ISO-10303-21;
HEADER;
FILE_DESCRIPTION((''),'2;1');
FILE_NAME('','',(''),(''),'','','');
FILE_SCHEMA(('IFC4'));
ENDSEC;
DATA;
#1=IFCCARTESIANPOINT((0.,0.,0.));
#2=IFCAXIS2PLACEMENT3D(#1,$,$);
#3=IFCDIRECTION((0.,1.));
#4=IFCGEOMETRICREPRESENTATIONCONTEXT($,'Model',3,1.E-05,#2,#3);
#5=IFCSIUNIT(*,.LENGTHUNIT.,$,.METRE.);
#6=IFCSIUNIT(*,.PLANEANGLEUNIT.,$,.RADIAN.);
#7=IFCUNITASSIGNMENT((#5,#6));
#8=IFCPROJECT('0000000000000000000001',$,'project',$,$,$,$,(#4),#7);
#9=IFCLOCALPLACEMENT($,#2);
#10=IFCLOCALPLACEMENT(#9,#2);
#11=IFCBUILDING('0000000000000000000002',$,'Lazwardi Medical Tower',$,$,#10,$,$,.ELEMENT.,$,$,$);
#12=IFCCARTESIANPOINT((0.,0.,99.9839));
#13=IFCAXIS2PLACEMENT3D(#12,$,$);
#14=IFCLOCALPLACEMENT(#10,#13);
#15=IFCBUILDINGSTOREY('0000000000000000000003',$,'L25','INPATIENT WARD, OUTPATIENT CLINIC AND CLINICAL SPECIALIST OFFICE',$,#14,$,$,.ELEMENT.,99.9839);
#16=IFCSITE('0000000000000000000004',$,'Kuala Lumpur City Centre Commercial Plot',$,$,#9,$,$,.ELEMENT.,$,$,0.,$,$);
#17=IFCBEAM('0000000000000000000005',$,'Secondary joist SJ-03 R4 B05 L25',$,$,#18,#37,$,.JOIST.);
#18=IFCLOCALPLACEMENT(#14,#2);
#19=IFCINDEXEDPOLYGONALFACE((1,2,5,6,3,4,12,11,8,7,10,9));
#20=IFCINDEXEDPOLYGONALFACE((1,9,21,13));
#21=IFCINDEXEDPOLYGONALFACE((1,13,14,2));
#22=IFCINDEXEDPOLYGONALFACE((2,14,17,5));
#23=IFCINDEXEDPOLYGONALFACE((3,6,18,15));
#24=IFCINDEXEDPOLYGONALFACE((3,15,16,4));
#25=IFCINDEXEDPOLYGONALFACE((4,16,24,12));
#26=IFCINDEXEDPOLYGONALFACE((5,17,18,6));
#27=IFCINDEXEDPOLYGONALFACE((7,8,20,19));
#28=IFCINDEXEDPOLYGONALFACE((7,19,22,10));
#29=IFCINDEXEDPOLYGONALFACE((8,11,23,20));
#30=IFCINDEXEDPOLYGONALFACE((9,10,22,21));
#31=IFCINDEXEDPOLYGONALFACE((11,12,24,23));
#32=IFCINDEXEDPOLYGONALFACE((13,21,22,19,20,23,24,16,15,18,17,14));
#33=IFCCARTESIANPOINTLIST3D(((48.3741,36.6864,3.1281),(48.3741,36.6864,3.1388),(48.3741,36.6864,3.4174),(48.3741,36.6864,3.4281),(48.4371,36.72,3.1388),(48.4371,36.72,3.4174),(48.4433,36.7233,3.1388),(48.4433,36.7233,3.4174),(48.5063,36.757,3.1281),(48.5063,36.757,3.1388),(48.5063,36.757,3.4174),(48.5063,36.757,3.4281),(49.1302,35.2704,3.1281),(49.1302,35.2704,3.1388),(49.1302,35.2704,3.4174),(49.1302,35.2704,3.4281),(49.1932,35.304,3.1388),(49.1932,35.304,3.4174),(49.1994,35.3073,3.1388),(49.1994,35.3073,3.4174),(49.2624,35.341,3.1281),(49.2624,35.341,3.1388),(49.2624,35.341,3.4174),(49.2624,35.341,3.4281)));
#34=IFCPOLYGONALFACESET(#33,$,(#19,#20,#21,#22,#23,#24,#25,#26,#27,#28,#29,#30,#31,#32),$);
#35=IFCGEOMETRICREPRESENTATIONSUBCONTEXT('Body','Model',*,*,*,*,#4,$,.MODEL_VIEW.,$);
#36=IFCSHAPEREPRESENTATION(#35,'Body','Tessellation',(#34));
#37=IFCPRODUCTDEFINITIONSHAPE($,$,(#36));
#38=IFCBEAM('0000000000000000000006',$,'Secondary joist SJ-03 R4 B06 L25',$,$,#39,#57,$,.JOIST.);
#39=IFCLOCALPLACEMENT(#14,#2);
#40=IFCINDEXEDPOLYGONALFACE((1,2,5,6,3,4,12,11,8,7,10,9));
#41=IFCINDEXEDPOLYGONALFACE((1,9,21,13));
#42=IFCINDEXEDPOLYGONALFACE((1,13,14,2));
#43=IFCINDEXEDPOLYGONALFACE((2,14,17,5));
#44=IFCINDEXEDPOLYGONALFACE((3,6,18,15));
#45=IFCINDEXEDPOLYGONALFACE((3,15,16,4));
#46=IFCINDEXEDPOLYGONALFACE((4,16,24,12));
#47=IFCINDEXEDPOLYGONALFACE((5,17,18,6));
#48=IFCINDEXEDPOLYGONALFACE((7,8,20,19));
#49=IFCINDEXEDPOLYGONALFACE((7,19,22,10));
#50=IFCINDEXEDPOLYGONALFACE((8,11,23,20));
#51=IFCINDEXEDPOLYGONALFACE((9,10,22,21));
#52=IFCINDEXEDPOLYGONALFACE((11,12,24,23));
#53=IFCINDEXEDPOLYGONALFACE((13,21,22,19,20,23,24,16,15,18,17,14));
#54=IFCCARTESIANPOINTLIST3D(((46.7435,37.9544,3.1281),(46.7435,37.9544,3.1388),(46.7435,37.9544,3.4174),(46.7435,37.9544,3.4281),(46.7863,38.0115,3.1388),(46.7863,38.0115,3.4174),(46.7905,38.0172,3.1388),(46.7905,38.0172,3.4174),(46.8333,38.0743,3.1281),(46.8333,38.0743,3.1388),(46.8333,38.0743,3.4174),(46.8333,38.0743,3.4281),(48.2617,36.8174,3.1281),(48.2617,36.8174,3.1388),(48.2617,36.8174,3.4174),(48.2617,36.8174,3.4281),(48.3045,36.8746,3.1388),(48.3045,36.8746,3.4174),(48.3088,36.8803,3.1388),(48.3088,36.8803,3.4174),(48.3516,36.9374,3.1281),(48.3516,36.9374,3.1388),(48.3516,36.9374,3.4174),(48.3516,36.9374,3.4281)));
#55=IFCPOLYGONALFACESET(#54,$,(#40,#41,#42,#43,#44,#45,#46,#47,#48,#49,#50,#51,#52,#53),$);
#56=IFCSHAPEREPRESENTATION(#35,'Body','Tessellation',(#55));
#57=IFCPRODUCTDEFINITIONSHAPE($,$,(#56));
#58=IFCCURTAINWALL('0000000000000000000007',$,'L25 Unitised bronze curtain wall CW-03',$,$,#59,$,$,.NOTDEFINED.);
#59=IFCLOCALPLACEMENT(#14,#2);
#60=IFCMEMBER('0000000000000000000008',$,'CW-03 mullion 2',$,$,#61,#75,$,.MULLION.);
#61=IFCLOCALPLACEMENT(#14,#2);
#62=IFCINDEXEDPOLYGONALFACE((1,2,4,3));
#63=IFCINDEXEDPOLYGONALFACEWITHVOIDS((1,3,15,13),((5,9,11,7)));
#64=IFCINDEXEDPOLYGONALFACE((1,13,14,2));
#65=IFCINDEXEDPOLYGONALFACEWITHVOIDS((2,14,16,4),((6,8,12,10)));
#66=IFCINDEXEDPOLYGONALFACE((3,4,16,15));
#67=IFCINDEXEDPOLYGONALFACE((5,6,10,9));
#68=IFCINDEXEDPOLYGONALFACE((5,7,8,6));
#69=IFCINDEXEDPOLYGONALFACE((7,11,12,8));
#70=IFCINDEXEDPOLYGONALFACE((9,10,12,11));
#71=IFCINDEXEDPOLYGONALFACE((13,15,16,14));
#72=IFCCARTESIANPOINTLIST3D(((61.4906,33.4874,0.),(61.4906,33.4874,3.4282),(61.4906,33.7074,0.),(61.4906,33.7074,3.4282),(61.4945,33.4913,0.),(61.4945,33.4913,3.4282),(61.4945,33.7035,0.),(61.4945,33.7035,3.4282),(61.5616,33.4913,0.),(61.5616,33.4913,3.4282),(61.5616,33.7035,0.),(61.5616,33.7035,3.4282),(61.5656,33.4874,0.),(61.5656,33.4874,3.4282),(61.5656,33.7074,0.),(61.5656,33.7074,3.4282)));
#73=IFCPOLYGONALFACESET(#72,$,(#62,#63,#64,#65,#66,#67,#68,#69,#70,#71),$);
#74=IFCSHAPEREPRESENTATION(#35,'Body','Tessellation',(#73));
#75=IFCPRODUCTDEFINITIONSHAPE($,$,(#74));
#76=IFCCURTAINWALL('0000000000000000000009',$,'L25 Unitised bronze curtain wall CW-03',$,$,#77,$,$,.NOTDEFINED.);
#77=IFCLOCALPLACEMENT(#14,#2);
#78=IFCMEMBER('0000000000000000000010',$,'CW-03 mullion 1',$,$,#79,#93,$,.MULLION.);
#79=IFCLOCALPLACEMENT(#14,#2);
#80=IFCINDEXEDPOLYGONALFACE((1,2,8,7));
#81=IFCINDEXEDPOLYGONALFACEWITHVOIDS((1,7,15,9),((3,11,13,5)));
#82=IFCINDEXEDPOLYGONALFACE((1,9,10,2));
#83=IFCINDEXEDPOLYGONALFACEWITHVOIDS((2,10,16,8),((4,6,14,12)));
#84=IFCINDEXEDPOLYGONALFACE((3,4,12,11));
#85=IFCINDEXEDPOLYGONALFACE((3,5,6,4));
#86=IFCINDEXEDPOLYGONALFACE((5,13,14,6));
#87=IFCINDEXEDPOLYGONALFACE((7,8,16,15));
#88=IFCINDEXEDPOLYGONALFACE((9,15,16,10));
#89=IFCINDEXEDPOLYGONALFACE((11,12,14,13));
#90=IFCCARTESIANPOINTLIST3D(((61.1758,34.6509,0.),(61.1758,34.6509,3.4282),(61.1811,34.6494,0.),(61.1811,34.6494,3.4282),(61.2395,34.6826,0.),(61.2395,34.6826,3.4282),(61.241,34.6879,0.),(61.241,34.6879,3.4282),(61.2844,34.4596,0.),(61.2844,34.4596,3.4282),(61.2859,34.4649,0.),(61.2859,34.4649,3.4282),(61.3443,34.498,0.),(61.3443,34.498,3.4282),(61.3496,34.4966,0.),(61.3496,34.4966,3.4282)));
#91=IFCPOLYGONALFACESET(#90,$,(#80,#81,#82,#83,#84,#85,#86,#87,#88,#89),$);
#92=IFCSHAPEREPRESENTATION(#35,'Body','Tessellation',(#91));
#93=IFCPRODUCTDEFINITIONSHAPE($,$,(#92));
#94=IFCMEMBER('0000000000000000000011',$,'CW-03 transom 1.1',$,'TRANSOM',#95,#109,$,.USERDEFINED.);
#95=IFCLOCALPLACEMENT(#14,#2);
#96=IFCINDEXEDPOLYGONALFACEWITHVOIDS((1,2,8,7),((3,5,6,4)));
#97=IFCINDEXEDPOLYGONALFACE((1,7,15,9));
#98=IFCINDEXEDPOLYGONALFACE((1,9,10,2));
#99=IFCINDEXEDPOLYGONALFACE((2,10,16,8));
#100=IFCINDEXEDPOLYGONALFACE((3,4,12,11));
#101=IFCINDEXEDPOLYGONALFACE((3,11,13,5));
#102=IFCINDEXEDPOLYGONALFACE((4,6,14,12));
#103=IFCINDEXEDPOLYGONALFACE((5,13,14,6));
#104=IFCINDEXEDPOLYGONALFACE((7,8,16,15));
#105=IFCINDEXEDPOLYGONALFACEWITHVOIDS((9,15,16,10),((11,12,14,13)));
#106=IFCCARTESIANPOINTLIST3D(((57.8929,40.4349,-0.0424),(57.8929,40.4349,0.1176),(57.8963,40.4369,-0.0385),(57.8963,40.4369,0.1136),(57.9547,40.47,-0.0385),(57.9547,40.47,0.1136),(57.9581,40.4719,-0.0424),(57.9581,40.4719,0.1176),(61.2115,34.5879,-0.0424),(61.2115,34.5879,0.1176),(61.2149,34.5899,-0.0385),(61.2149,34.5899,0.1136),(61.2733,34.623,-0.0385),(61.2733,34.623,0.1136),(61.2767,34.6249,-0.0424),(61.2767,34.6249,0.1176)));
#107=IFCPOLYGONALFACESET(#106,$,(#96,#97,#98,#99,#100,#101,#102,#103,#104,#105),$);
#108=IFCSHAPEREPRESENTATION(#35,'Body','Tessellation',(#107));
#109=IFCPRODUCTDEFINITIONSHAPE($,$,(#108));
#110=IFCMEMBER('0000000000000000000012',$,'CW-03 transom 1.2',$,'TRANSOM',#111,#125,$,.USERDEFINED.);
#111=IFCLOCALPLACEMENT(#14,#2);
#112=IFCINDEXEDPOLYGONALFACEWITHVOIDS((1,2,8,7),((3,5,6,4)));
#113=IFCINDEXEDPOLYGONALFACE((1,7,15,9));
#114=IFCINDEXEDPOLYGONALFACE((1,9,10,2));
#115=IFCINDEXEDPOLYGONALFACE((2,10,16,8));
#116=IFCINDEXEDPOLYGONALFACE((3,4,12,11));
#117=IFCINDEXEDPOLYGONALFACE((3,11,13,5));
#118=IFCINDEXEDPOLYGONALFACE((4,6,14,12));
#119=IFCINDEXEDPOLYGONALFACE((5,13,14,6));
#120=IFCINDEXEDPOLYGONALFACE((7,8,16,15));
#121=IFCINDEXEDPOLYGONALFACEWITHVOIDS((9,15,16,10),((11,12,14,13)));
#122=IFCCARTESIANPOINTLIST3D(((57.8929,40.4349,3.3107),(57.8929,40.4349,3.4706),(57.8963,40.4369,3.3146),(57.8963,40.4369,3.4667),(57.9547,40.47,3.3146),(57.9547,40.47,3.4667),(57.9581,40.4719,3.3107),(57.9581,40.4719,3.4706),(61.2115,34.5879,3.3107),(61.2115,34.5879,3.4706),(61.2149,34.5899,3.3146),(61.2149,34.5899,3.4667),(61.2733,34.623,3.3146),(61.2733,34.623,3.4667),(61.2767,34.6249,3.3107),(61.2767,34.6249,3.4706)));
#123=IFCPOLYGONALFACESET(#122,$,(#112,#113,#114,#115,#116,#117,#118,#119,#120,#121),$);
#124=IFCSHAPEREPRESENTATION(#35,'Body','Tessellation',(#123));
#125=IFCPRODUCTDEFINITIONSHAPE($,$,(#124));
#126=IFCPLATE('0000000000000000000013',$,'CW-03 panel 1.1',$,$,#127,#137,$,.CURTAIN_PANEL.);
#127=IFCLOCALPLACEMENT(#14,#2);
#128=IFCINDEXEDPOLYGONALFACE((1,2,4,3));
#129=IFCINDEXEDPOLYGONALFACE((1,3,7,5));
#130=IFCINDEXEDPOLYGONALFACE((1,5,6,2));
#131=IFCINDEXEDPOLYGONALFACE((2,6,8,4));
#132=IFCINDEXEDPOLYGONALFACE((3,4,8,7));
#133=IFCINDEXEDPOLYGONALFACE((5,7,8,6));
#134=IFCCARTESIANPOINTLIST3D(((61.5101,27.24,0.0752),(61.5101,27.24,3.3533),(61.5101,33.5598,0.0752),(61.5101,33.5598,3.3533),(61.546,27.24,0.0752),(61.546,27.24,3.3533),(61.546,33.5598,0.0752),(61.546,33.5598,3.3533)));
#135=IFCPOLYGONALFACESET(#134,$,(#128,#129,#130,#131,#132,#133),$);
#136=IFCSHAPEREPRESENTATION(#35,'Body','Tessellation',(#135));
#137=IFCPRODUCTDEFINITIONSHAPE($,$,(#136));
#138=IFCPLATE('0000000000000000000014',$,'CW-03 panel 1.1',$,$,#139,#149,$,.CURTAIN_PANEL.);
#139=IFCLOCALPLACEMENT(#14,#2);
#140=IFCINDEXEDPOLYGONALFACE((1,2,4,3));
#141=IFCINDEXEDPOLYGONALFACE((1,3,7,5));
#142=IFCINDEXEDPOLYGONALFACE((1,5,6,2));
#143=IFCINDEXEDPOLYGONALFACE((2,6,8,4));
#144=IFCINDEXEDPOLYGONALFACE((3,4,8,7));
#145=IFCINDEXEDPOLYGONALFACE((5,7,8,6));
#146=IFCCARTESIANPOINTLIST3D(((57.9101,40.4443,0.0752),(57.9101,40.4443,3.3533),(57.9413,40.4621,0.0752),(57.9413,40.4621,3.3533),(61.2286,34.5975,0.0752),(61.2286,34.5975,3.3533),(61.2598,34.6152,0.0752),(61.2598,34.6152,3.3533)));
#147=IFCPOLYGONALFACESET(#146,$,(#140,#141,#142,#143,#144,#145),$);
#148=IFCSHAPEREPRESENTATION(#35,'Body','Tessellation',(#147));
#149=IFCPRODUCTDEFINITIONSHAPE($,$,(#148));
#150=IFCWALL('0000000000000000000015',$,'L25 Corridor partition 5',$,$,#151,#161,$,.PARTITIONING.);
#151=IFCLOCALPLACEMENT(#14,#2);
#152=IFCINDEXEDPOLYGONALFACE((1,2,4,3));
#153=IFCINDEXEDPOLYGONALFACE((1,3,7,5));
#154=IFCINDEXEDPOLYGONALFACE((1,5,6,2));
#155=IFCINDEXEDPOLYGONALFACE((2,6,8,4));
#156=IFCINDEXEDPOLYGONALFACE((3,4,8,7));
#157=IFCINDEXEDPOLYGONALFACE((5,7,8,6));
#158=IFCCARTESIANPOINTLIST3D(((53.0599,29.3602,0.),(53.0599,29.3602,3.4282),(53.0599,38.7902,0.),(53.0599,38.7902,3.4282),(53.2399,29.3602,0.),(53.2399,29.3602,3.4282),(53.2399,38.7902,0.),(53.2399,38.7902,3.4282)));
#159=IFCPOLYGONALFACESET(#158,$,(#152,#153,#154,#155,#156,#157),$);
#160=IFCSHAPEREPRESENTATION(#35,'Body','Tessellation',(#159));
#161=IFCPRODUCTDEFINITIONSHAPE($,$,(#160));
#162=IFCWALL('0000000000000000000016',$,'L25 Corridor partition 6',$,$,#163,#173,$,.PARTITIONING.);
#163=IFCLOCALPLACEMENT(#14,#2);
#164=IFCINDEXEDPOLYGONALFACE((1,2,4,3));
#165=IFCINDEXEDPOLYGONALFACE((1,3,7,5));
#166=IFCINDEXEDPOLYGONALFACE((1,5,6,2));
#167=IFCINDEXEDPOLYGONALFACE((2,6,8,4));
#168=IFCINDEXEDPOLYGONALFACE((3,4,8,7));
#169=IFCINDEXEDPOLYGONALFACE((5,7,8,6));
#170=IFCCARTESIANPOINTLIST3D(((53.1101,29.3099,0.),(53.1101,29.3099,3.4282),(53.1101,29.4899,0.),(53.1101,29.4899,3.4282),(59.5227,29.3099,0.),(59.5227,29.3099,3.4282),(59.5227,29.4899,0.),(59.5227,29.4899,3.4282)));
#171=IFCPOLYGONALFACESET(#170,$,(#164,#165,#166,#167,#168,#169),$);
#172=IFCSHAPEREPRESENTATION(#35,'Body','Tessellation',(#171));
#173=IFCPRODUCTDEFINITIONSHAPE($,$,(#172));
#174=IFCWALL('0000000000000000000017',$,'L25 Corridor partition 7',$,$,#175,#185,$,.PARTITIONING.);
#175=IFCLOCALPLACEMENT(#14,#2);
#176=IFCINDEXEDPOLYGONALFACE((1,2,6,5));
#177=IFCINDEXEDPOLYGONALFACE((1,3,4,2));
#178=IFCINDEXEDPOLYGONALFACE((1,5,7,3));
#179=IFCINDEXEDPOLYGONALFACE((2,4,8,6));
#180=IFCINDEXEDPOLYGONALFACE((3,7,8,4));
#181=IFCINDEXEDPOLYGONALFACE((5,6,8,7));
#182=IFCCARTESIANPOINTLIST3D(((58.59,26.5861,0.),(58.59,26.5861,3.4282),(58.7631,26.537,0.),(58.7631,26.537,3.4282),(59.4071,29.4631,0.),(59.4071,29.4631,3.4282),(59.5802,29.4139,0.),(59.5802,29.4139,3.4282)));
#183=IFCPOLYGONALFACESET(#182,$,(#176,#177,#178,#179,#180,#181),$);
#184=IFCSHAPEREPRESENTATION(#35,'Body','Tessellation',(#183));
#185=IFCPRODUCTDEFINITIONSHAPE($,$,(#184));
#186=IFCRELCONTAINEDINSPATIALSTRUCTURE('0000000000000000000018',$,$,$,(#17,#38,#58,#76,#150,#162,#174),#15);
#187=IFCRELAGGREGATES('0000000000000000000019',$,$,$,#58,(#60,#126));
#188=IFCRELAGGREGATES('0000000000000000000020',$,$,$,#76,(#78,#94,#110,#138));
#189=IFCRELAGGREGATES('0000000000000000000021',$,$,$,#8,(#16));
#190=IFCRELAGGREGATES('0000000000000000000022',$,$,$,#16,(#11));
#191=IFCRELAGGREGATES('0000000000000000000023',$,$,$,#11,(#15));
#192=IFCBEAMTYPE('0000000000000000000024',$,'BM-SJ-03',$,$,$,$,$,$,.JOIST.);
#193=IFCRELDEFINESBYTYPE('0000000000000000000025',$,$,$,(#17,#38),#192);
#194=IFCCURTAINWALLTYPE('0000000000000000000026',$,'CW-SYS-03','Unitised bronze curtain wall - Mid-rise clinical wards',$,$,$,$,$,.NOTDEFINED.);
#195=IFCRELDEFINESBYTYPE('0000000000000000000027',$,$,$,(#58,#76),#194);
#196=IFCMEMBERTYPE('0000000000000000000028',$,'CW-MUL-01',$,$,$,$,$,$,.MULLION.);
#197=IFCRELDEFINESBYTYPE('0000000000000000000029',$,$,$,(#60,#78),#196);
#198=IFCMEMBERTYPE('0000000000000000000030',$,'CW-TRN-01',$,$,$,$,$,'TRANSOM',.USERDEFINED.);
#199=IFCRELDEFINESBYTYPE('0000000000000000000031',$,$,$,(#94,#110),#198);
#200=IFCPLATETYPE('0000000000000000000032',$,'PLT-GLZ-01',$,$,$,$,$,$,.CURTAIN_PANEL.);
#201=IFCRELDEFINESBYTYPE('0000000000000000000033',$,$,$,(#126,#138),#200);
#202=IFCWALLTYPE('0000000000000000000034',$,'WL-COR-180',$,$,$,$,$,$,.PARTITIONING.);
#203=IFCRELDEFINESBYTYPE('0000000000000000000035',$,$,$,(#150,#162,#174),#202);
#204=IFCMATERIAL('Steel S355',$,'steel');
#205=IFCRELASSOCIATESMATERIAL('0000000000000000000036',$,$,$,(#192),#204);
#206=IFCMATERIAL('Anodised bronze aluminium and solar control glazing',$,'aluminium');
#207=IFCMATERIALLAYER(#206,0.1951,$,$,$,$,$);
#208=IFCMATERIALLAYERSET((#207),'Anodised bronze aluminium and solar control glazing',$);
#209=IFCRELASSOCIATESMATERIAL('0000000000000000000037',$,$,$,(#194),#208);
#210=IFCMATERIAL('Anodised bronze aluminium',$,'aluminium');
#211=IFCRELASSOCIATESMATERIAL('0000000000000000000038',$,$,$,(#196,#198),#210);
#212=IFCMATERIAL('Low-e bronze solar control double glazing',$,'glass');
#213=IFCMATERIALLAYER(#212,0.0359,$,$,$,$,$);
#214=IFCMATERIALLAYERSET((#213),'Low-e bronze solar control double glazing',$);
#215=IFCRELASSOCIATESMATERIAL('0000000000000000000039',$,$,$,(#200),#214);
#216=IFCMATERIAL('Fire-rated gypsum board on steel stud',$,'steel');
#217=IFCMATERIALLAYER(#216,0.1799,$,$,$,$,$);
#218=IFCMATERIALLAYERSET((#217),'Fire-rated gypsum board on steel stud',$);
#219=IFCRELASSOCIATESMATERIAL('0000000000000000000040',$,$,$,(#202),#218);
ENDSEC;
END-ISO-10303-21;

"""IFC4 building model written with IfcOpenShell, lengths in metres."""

from ifc_helpers import new_model, si_unit, direction, frame, frame_2d, origin, origin_2d, place, context, subcontext, project, spatial, rectangle, hollow_rectangle, i_section, extrude, material, layer, layer_set, material_profile, profile_set, type_object, element, aggregate, save


model = new_model("IFC4")

# Units and contexts
model_context = context("Model", 3, precision=1e-05, world=origin(), true_north=direction((0.0, 1.0)))
body_context = subcontext(model_context, "Body", "Model", "MODEL_VIEW")
ifc_project = project(units=[si_unit("LENGTHUNIT", "METRE"), si_unit("PLANEANGLEUNIT", "RADIAN")], contexts=[model_context])

# Site, building, storey
site_placement = place(None, origin())
site = spatial("IfcSite", under=ifc_project, at=site_placement, Name="Kuala Lumpur City Centre Commercial Plot", CompositionType="ELEMENT", RefElevation=0.0)
building_placement = place(site_placement, origin())
building = spatial("IfcBuilding", under=site, at=building_placement, Name="Lazwardi Medical Tower", CompositionType="ELEMENT")
storey_placement = place(building_placement, frame((0.0, 0.0, 99.9839)))
storey = spatial("IfcBuildingStorey", under=building, at=storey_placement, Name="L25", Description="INPATIENT WARD, OUTPATIENT CLINIC AND CLINICAL SPECIALIST OFFICE", CompositionType="ELEMENT", Elevation=99.9839)

# Beams
ifc_material_1 = material(Name="Steel S355", Category="steel")
ifc_material_profile_1 = material_profile(ifc_material_1, i_section(OverallWidth=0.1499, OverallDepth=0.3, WebThickness=0.0071, FlangeThickness=0.0107, at=origin_2d()), Name="IPE 300")
ifc_profile_set_1 = profile_set([ifc_material_profile_1], Name="Steel S355")
beam_type_1 = type_object("IfcBeamType", Name="BM-SJ-03", PredefinedType="JOIST", material=ifc_profile_set_1)
beam_1_placement = place(storey_placement, frame((49.1963, 35.3057, 3.2781), z_axis=(-0.471022, 0.882121, 0.0), x_axis=(-0.882121, -0.471022, 0.0)))
element("IfcBeam", 1, at=beam_1_placement, inside=storey, type_object=beam_type_1, Name="Secondary joist SJ-03 R4 B05 L25", PredefinedType="JOIST", context=body_context, shape_type="SweptSolid", body=[
    extrude(i_section(OverallWidth=0.1499, OverallDepth=0.3, WebThickness=0.0071, FlangeThickness=0.0107, at=origin_2d()), origin(), (0.0, 0.0, 1.0), 1.6052),
])
beam_2_placement = place(storey_placement, frame((48.3066, 36.8774, 3.2781), z_axis=(-0.800448, 0.599403, 0.0), x_axis=(-0.599403, -0.800448, 0.0)))
element("IfcBeam", 2, at=beam_2_placement, inside=storey, type_object=beam_type_1, Name="Secondary joist SJ-03 R4 B06 L25", PredefinedType="JOIST", context=body_context, shape_type="SweptSolid", body=[
    extrude(i_section(OverallWidth=0.1499, OverallDepth=0.3, WebThickness=0.0071, FlangeThickness=0.0107, at=origin_2d()), origin(), (0.0, 0.0, 1.0), 1.8967),
])

# Curtain wall, member
ifc_material_2 = material(Name="Anodised bronze aluminium and solar control glazing", Category="aluminium")
ifc_layer_1 = layer(ifc_material_2, 0.1951)
ifc_layer_set_1 = layer_set([ifc_layer_1], Name="Anodised bronze aluminium and solar control glazing")
curtain_wall_type = type_object("IfcCurtainWallType", Name="CW-SYS-03", Description="Unitised bronze curtain wall - Mid-rise clinical wards", PredefinedType="NOTDEFINED", material=ifc_layer_set_1)
curtain_wall_1_placement = place(storey_placement, origin())
curtain_wall_1 = element("IfcCurtainWall", 3, at=curtain_wall_1_placement, inside=storey, type_object=curtain_wall_type, Name="L25 Unitised bronze curtain wall CW-03", PredefinedType="NOTDEFINED")
ifc_material_3 = material(Name="Anodised bronze aluminium", Category="aluminium")
ifc_material_profile_2 = material_profile(ifc_material_3, hollow_rectangle(XDim=0.075, YDim=0.22, WallThickness=0.0039, at=origin_2d()), Name="ALU-MULLION 220x75x4")
ifc_profile_set_2 = profile_set([ifc_material_profile_2], Name="Anodised bronze aluminium")
member_type_1 = type_object("IfcMemberType", Name="CW-MUL-01", PredefinedType="MULLION", material=ifc_profile_set_2)
member_1_placement = place(storey_placement, frame((61.5281, 33.5974, 0.0), z_axis=(0.0, 0.0, 1.0), x_axis=(-1.0, 0.0, 0.0)))
member_1 = element("IfcMember", 4, at=member_1_placement, type_object=member_type_1, Name="CW-03 mullion 2", PredefinedType="MULLION", context=body_context, shape_type="SweptSolid", body=[
    extrude(hollow_rectangle(XDim=0.075, YDim=0.22, WallThickness=0.0039, at=origin_2d()), origin(), (0.0, 0.0, 1.0), 3.4282),
])

# Curtain wall, members
curtain_wall_2_placement = place(storey_placement, origin())
curtain_wall_2 = element("IfcCurtainWall", 5, at=curtain_wall_2_placement, inside=storey, type_object=curtain_wall_type, Name="L25 Unitised bronze curtain wall CW-03", PredefinedType="NOTDEFINED")
member_2_placement = place(storey_placement, frame((61.2627, 34.5737, 0.0), z_axis=(0.0, 0.0, 1.0), x_axis=(-0.869687, -0.493603, 0.0)))
member_2 = element("IfcMember", 6, at=member_2_placement, type_object=member_type_1, Name="CW-03 mullion 1", PredefinedType="MULLION", context=body_context, shape_type="SweptSolid", body=[
    extrude(hollow_rectangle(XDim=0.075, YDim=0.22, WallThickness=0.0039, at=origin_2d()), origin(), (0.0, 0.0, 1.0), 3.4282),
])
ifc_material_profile_3 = material_profile(ifc_material_3, hollow_rectangle(XDim=0.075, YDim=0.1599, WallThickness=0.0039, at=origin_2d()), Name="ALU-TRANSOM 160x75x4")
ifc_profile_set_3 = profile_set([ifc_material_profile_3], Name="Anodised bronze aluminium")
member_type_2 = type_object("IfcMemberType", Name="CW-TRN-01", ElementType="TRANSOM", PredefinedType="USERDEFINED", material=ifc_profile_set_3)
member_3_placement = place(storey_placement, frame((61.2441, 34.6064, 0.0376), z_axis=(-0.493614, 0.869681, 0.0), x_axis=(-0.869681, -0.493614, 0.0)))
member_3 = element("IfcMember", 7, at=member_3_placement, type_object=member_type_2, Name="CW-03 transom 1.1", ObjectType="TRANSOM", PredefinedType="USERDEFINED", context=body_context, shape_type="SweptSolid", body=[
    extrude(hollow_rectangle(XDim=0.075, YDim=0.1599, WallThickness=0.0039, at=origin_2d()), origin(), (0.0, 0.0, 1.0), 6.7231),
])
member_4_placement = place(storey_placement, frame((61.2441, 34.6064, 3.3906), z_axis=(-0.493614, 0.869681, 0.0), x_axis=(-0.869681, -0.493614, 0.0)))
member_4 = element("IfcMember", 8, at=member_4_placement, type_object=member_type_2, Name="CW-03 transom 1.2", ObjectType="TRANSOM", PredefinedType="USERDEFINED", context=body_context, shape_type="SweptSolid", body=[
    extrude(hollow_rectangle(XDim=0.075, YDim=0.1599, WallThickness=0.0039, at=origin_2d()), origin(), (0.0, 0.0, 1.0), 6.7231),
])

# Plates
ifc_material_4 = material(Name="Low-e bronze solar control double glazing", Category="glass")
ifc_layer_2 = layer(ifc_material_4, 0.0359)
ifc_layer_set_2 = layer_set([ifc_layer_2], Name="Low-e bronze solar control double glazing")
plate_type = type_object("IfcPlateType", Name="PLT-GLZ-01", PredefinedType="CURTAIN_PANEL", material=ifc_layer_set_2)
plate_1_placement = place(storey_placement, frame((61.5281, 30.3999, 0.0752), z_axis=(0.0, 0.0, 1.0), x_axis=(0.0, 1.0, 0.0)))
plate_1 = element("IfcPlate", 9, at=plate_1_placement, type_object=plate_type, Name="CW-03 panel 1.1", PredefinedType="CURTAIN_PANEL", context=body_context, shape_type="SweptSolid", body=[
    extrude(rectangle(XDim=6.3198, YDim=0.0359, at=origin_2d()), origin(), (0.0, 0.0, 1.0), 3.2781),
])
aggregate(curtain_wall_1, [member_1, plate_1])
plate_2_placement = place(storey_placement, frame((59.585, 37.5298, 0.0752), z_axis=(0.0, 0.0, 1.0), x_axis=(-0.493603, 0.869687, 0.0)))
plate_2 = element("IfcPlate", 10, at=plate_2_placement, type_object=plate_type, Name="CW-03 panel 1.1", PredefinedType="CURTAIN_PANEL", context=body_context, shape_type="SweptSolid", body=[
    extrude(rectangle(XDim=6.7229, YDim=0.0359, at=origin_2d()), origin(), (0.0, 0.0, 1.0), 3.2781),
])
aggregate(curtain_wall_2, [member_2, member_3, member_4, plate_2])

# Walls
ifc_material_5 = material(Name="Fire-rated gypsum board on steel stud", Category="steel")
ifc_layer_3 = layer(ifc_material_5, 0.1799)
ifc_layer_set_3 = layer_set([ifc_layer_3], Name="Fire-rated gypsum board on steel stud")
wall_type_1 = type_object("IfcWallType", Name="WL-COR-180", PredefinedType="PARTITIONING", material=ifc_layer_set_3)
wall_1_placement = place(storey_placement, frame((53.1499, 38.79, 0.0), z_axis=(0.0, 0.0, 1.0), x_axis=(0.0, -1.0, 0.0)))
element("IfcWall", 11, at=wall_1_placement, inside=storey, type_object=wall_type_1, Name="L25 Corridor partition 5", PredefinedType="PARTITIONING", context=body_context, shape_type="SweptSolid", body=[
    extrude(rectangle(XDim=9.4299, YDim=0.1799, at=frame_2d((4.7148, 0.0))), origin(), (0.0, 0.0, 1.0), 3.4282),
])
wall_2_placement = place(storey_placement, frame((53.1101, 29.3999, 0.0), z_axis=(0.0, 0.0, 1.0), x_axis=(1.0, 0.0, 0.0)))
element("IfcWall", 12, at=wall_2_placement, inside=storey, type_object=wall_type_1, Name="L25 Corridor partition 6", PredefinedType="PARTITIONING", context=body_context, shape_type="SweptSolid", body=[
    extrude(rectangle(XDim=6.4126, YDim=0.1799, at=frame_2d((3.2063, 0.0))), origin(), (0.0, 0.0, 1.0), 3.4282),
])
wall_3_placement = place(storey_placement, frame((59.4937, 29.4385, 0.0), z_axis=(0.0, 0.0, 1.0), x_axis=(-0.273222, -0.961951, 0.0)))
element("IfcWall", 13, at=wall_3_placement, inside=storey, type_object=wall_type_1, Name="L25 Corridor partition 7", PredefinedType="PARTITIONING", context=body_context, shape_type="SweptSolid", body=[
    extrude(rectangle(XDim=2.9907, YDim=0.1799, at=frame_2d((1.4954, 0.0))), origin(), (0.0, 0.0, 1.0), 3.4282),
])

save(model, "model.ifc")
